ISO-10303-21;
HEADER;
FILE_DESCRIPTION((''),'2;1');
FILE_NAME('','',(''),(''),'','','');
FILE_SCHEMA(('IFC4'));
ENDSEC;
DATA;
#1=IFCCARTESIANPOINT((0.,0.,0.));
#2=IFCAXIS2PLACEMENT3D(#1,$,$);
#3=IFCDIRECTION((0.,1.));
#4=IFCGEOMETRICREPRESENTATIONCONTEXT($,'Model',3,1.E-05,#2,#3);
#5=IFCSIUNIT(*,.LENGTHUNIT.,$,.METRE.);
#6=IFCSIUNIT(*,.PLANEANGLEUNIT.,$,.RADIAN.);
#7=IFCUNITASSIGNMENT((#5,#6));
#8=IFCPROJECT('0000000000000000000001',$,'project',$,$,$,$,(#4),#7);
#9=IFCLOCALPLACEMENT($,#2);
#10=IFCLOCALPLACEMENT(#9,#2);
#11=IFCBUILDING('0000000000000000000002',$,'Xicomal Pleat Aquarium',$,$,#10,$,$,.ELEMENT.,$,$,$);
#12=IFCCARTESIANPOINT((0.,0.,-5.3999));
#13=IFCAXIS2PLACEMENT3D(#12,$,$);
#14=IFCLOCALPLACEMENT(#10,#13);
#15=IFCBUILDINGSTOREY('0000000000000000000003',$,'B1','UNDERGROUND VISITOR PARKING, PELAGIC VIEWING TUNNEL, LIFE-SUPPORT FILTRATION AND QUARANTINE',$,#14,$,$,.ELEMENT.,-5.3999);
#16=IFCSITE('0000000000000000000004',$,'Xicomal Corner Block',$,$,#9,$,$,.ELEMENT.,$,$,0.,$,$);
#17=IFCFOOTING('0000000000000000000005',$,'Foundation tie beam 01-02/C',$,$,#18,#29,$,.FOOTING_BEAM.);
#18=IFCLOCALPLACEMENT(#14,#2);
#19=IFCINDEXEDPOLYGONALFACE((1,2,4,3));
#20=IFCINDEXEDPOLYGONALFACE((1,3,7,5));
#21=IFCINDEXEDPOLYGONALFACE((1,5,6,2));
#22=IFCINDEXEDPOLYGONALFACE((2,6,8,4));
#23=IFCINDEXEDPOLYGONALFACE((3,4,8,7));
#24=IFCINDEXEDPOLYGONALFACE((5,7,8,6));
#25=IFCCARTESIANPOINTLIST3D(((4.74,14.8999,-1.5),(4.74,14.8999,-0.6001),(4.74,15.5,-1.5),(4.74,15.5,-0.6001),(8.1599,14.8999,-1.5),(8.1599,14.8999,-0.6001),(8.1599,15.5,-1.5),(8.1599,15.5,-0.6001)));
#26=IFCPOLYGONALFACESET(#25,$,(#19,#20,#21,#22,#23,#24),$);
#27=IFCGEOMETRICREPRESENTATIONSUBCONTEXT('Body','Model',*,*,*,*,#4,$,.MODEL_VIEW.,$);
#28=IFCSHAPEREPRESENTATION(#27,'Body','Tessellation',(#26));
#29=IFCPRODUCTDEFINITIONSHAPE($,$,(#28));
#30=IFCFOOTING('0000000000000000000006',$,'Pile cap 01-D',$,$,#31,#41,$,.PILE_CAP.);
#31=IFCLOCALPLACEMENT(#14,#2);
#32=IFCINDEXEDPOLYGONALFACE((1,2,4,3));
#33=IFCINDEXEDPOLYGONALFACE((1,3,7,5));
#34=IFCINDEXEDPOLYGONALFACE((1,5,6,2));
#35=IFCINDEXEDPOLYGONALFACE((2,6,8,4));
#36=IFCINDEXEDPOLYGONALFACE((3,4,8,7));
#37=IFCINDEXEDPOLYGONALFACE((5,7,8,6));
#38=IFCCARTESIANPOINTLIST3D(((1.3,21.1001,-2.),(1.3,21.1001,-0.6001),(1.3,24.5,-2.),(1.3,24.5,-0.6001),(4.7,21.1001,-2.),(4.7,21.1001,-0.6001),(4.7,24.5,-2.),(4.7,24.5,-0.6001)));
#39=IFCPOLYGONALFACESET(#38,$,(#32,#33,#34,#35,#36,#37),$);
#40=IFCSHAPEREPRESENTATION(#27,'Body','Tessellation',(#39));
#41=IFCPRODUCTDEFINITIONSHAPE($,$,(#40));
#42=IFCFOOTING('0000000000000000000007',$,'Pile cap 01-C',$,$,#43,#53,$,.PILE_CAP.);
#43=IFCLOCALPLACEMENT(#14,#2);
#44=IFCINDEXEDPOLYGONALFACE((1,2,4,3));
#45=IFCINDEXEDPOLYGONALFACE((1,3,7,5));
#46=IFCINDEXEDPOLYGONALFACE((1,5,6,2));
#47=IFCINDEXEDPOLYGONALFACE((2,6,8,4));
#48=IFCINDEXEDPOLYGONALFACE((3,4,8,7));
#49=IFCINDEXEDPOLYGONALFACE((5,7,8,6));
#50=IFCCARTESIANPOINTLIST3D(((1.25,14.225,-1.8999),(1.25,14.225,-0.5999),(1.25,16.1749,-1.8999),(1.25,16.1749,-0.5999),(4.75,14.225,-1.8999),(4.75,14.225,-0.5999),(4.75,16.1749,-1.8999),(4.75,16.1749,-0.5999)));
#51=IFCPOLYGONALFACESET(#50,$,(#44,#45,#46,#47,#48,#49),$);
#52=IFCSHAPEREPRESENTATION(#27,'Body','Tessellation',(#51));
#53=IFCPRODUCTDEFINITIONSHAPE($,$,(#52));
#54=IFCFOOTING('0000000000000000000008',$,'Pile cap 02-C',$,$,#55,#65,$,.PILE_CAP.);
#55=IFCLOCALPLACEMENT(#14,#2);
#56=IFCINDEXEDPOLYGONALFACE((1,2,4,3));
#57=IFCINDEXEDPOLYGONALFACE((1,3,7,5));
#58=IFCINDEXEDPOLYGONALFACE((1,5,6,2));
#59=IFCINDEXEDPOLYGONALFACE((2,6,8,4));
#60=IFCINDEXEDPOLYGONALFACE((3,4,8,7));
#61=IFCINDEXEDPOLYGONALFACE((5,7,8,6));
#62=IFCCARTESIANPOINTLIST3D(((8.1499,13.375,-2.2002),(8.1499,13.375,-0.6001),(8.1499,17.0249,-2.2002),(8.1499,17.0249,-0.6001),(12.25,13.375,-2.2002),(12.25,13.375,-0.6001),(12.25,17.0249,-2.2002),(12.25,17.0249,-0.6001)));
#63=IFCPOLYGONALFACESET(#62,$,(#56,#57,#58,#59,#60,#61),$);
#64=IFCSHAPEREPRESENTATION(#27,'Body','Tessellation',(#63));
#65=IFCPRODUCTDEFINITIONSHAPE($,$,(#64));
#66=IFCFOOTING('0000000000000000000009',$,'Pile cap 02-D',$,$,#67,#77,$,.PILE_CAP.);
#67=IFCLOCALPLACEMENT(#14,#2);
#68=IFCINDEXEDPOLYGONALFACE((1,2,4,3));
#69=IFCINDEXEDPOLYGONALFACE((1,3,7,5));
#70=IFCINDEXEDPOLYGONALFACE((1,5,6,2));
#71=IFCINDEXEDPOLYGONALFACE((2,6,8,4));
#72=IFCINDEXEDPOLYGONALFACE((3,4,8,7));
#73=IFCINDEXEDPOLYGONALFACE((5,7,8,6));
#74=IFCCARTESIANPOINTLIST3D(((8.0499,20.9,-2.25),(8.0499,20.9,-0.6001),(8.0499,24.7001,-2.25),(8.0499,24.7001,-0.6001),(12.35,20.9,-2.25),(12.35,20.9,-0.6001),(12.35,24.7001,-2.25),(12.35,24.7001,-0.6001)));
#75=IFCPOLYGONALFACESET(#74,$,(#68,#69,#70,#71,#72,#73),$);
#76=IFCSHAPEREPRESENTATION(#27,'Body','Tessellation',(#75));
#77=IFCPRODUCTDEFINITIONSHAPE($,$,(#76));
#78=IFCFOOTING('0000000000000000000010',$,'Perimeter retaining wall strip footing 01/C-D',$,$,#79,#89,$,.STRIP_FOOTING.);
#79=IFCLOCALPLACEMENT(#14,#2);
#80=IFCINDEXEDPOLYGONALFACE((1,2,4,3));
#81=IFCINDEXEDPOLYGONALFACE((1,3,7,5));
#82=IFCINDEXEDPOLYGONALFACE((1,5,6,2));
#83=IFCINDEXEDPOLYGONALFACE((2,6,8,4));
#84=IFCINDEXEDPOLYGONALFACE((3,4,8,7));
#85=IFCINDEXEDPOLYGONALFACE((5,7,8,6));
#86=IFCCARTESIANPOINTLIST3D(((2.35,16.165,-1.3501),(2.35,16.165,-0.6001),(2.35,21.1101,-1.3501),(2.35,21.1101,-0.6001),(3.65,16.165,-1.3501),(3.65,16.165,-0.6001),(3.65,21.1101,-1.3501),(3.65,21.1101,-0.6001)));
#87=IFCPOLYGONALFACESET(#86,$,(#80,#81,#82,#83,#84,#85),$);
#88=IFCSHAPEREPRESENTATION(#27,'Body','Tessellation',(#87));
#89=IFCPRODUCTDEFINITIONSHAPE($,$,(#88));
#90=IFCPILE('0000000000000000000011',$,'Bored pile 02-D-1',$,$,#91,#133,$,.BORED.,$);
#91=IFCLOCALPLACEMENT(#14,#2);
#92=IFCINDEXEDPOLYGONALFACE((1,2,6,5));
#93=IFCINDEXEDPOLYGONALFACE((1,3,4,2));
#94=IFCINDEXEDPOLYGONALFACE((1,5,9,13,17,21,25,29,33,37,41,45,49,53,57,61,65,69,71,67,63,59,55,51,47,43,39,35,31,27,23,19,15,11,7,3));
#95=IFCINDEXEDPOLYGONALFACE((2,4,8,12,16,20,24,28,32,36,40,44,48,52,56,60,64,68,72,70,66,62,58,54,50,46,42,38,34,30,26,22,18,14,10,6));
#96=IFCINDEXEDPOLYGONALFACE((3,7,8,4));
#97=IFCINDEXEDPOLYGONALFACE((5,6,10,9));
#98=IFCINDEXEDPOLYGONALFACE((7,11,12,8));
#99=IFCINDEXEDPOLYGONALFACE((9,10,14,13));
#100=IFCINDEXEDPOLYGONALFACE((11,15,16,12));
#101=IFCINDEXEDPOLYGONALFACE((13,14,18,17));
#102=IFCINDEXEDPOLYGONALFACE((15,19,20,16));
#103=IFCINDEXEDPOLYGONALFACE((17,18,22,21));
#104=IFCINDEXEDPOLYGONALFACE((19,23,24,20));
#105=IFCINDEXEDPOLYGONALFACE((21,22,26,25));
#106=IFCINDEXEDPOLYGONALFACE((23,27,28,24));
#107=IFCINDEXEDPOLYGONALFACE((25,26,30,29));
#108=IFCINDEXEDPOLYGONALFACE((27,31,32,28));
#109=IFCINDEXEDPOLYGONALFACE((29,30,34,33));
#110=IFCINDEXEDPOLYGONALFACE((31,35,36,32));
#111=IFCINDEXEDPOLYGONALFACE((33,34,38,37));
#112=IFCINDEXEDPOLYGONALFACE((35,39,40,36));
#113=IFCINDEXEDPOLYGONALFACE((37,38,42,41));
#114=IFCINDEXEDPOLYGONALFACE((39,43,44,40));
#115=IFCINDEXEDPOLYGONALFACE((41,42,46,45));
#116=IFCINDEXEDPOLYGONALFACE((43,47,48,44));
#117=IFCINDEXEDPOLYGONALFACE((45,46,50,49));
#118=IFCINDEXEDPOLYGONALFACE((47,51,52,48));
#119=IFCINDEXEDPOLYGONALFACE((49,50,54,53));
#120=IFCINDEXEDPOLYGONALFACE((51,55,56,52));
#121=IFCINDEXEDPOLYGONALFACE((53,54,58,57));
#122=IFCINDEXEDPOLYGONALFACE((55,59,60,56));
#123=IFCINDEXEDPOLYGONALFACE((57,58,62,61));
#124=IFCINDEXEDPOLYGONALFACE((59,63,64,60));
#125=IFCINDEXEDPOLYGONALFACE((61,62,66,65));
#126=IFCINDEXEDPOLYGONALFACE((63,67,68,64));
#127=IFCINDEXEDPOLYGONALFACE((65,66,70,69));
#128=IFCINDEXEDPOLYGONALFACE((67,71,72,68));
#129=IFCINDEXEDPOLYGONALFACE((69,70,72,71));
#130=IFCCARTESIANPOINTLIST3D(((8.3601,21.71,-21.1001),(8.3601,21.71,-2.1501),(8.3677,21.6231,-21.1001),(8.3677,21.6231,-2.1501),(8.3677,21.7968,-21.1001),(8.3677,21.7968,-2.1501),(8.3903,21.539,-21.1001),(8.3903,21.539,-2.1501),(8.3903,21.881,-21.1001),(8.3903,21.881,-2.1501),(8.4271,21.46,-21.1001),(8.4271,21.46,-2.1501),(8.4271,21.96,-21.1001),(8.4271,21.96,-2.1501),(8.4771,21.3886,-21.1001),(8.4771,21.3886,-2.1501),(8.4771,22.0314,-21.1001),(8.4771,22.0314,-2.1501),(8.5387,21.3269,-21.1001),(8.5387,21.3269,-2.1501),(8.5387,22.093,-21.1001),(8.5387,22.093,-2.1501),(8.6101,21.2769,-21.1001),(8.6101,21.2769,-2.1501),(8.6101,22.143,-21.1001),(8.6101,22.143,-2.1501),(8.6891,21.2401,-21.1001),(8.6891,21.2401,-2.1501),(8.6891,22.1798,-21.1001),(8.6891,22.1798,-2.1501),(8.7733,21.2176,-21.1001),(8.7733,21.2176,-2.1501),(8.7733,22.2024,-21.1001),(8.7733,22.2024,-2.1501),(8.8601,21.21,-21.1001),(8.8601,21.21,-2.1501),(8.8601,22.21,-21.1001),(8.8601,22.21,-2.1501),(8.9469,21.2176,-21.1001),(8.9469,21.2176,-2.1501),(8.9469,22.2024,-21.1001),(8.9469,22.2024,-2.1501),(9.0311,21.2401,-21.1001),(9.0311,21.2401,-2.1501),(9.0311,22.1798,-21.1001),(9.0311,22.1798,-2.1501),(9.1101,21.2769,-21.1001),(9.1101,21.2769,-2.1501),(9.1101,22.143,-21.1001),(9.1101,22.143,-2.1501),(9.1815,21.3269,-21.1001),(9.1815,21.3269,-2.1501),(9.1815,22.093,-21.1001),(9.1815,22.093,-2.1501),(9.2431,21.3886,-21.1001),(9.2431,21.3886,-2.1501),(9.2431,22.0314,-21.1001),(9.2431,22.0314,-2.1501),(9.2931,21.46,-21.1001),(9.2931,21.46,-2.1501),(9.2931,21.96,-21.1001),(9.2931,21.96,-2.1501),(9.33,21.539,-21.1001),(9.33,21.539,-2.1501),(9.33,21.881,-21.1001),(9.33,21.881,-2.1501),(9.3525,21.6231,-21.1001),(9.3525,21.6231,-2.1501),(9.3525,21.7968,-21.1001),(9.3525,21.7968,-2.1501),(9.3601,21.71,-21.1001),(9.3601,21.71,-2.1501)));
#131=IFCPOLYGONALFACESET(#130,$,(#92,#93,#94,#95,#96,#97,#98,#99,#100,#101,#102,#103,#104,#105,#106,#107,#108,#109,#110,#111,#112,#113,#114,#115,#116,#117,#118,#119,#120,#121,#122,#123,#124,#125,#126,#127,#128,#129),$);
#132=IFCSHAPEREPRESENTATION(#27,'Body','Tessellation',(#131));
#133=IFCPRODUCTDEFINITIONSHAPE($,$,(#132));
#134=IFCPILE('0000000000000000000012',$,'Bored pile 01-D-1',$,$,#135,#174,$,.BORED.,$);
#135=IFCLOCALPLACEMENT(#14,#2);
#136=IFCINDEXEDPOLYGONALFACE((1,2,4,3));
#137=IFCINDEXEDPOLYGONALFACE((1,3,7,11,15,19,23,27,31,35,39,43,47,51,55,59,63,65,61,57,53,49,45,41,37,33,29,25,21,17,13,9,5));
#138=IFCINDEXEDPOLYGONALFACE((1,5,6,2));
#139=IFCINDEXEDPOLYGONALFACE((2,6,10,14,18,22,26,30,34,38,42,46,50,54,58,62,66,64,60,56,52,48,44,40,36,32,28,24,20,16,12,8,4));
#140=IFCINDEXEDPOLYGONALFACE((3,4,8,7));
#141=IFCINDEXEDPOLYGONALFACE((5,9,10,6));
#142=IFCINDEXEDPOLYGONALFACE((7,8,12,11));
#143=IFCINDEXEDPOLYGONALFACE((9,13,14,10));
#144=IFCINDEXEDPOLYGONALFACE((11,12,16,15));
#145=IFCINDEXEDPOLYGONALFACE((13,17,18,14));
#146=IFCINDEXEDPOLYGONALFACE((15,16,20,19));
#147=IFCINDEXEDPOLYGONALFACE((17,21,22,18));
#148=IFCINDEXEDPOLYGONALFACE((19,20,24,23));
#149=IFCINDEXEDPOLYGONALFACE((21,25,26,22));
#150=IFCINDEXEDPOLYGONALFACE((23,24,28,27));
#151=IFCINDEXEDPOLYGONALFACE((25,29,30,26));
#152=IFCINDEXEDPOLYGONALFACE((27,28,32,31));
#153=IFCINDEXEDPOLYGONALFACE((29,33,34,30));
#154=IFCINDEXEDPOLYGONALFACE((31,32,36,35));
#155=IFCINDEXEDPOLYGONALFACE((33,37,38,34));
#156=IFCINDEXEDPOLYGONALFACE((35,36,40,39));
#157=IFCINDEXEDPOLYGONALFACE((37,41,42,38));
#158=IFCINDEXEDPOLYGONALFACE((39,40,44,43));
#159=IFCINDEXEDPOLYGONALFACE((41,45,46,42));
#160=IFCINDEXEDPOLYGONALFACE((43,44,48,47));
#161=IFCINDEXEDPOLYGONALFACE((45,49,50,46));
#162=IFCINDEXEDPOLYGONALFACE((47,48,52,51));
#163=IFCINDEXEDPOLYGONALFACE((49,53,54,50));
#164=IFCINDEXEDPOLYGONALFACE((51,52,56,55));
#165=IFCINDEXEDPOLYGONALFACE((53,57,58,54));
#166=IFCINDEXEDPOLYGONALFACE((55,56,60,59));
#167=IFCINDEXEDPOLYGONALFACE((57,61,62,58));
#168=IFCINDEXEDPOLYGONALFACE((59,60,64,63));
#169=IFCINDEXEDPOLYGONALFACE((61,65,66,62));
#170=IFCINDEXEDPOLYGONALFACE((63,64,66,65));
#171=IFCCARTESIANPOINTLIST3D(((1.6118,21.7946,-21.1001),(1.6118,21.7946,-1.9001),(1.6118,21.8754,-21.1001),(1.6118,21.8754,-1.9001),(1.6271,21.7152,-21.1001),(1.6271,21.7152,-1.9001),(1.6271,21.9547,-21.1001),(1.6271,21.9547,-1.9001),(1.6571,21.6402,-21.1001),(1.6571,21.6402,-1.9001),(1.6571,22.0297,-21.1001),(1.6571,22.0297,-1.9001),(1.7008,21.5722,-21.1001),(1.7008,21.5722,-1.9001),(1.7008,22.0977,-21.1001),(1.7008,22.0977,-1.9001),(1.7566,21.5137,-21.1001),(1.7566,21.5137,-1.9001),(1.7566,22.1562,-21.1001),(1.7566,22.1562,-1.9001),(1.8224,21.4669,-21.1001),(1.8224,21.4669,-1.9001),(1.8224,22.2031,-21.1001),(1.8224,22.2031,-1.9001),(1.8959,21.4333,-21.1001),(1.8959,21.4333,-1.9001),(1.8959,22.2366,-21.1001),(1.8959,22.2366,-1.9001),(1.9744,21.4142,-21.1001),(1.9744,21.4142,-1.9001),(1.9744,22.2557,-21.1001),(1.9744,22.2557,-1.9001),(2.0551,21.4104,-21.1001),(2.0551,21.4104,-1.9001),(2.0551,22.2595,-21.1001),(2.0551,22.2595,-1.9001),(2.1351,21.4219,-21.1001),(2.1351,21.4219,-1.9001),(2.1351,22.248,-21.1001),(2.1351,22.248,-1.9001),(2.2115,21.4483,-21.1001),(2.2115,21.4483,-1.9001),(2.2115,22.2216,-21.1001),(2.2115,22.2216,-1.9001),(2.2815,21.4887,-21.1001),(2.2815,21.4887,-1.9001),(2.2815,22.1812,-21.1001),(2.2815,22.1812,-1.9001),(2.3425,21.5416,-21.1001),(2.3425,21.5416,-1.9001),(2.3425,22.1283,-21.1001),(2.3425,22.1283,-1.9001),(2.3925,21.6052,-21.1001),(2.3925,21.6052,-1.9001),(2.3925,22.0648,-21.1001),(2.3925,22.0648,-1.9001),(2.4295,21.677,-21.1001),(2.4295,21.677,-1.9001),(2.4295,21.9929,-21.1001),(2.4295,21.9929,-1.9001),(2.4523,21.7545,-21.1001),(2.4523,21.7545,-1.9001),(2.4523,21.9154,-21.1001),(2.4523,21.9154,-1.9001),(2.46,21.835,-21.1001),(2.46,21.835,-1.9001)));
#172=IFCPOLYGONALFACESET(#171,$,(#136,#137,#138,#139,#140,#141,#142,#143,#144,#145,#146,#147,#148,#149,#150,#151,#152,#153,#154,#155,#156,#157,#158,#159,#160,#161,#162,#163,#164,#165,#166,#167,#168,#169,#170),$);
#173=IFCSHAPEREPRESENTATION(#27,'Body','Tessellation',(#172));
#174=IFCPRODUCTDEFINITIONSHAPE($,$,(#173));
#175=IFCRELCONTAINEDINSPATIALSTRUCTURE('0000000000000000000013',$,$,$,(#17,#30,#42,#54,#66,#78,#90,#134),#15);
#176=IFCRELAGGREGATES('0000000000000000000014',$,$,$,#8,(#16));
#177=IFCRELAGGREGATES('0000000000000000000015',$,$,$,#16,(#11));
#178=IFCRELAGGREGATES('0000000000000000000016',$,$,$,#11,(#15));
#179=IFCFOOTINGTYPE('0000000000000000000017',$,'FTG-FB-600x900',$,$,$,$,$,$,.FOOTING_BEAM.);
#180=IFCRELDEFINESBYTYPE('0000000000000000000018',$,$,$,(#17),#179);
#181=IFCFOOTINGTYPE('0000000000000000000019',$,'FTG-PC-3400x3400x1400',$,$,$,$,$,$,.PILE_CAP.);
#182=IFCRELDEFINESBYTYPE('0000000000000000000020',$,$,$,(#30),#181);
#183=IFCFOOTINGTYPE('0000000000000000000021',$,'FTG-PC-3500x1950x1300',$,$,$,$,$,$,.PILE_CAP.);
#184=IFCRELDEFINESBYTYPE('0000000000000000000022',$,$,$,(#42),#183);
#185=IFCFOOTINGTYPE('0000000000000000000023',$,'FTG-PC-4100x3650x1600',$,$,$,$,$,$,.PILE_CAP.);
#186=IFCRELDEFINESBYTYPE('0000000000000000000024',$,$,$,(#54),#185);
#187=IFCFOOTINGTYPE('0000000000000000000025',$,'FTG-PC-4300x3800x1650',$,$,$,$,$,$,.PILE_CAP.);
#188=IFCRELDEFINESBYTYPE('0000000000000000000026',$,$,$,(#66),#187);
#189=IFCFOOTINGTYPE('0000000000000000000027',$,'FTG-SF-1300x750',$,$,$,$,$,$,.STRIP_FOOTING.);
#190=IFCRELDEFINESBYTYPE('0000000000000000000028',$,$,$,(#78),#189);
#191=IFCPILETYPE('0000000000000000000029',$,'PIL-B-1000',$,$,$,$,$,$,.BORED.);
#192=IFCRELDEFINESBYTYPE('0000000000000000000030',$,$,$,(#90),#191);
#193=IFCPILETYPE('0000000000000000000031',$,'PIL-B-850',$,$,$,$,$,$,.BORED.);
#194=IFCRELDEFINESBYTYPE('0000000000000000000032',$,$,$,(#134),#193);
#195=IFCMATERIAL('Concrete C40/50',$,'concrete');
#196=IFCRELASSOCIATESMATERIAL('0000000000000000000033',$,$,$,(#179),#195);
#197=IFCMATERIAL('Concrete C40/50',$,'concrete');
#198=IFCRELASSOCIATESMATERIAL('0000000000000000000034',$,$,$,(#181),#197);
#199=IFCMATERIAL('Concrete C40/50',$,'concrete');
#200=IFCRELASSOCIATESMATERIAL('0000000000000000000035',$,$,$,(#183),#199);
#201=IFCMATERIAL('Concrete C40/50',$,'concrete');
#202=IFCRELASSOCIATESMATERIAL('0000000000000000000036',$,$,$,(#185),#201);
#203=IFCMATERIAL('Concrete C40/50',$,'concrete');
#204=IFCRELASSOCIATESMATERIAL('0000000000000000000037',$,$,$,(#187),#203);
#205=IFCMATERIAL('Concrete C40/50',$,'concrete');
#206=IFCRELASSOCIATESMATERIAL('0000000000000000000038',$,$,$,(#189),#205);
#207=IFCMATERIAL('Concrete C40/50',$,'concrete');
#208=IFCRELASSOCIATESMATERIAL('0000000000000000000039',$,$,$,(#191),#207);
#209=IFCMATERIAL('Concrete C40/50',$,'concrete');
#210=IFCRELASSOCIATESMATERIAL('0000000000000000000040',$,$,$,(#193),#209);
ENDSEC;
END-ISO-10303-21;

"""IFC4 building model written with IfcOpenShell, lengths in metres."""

from ifc_helpers import new_model, si_unit, direction, frame, origin, origin_2d, place, context, subcontext, project, spatial, rectangle, circle, extrude, material, material_profile, profile_set, type_object, element, save


model = new_model("IFC4")

# Units and contexts
model_context = context("Model", 3, precision=1e-05, world=origin(), true_north=direction((0.0, 1.0)))
body_context = subcontext(model_context, "Body", "Model", "MODEL_VIEW")
ifc_project = project(units=[si_unit("LENGTHUNIT", "METRE"), si_unit("PLANEANGLEUNIT", "RADIAN")], contexts=[model_context])

# Site, building, storey
site_placement = place(None, origin())
site = spatial("IfcSite", under=ifc_project, at=site_placement, Name="Xicomal Corner Block", CompositionType="ELEMENT", RefElevation=0.0)
building_placement = place(site_placement, origin())
building = spatial("IfcBuilding", under=site, at=building_placement, Name="Xicomal Pleat Aquarium", CompositionType="ELEMENT")
storey_placement = place(building_placement, frame((0.0, 0.0, -5.3999)))
storey = spatial("IfcBuildingStorey", under=building, at=storey_placement, Name="B1", Description="UNDERGROUND VISITOR PARKING, PELAGIC VIEWING TUNNEL, LIFE-SUPPORT FILTRATION AND QUARANTINE", CompositionType="ELEMENT", Elevation=-5.3999)

# Footings
ifc_material_1 = material(Name="Concrete C40/50", Category="concrete")
ifc_material_profile_1 = material_profile(ifc_material_1, rectangle(XDim=0.6001, YDim=0.8999, at=origin_2d()), Name="FB-02 600x900")
ifc_profile_set_1 = profile_set([ifc_material_profile_1], Name="Concrete C40/50")
footing_type_1 = type_object("IfcFootingType", Name="FTG-FB-600x900", PredefinedType="FOOTING_BEAM", material=ifc_profile_set_1)
footing_1_placement = place(storey_placement, frame((4.74, 15.2, -1.05), z_axis=(1.0, 0.0, 0.0), x_axis=(0.0, 1.0, 0.0)))
element("IfcFooting", 1, at=footing_1_placement, inside=storey, type_object=footing_type_1, Name="Foundation tie beam 01-02/C", PredefinedType="FOOTING_BEAM", context=body_context, shape_type="SweptSolid", body=[
    extrude(rectangle(XDim=0.6001, YDim=0.8999, at=origin_2d()), origin(), (0.0, 0.0, 1.0), 3.4199),
])
ifc_material_2 = material(Name="Concrete C40/50", Category="concrete")
footing_type_2 = type_object("IfcFootingType", Name="FTG-PC-3400x3400x1400", PredefinedType="PILE_CAP", material=ifc_material_2)
footing_2_placement = place(storey_placement, frame((3.0, 22.8, -2.0), z_axis=(0.0, 0.0, 1.0), x_axis=(1.0, 0.0, 0.0)))
element("IfcFooting", 2, at=footing_2_placement, inside=storey, type_object=footing_type_2, Name="Pile cap 01-D", PredefinedType="PILE_CAP", context=body_context, shape_type="SweptSolid", body=[
    extrude(rectangle(XDim=3.3999, YDim=3.3999, at=origin_2d()), origin(), (0.0, 0.0, 1.0), 1.3999),
])
ifc_material_3 = material(Name="Concrete C40/50", Category="concrete")
footing_type_3 = type_object("IfcFootingType", Name="FTG-PC-3500x1950x1300", PredefinedType="PILE_CAP", material=ifc_material_3)
footing_3_placement = place(storey_placement, frame((3.0, 15.2, -1.8999), z_axis=(0.0, 0.0, 1.0), x_axis=(1.0, 0.0, 0.0)))
element("IfcFooting", 3, at=footing_3_placement, inside=storey, type_object=footing_type_3, Name="Pile cap 01-C", PredefinedType="PILE_CAP", context=body_context, shape_type="SweptSolid", body=[
    extrude(rectangle(XDim=3.5, YDim=1.95, at=origin_2d()), origin(), (0.0, 0.0, 1.0), 1.3),
])
ifc_material_4 = material(Name="Concrete C40/50", Category="concrete")
footing_type_4 = type_object("IfcFootingType", Name="FTG-PC-4100x3650x1600", PredefinedType="PILE_CAP", material=ifc_material_4)
footing_4_placement = place(storey_placement, frame((10.2, 15.2, -2.2002), z_axis=(0.0, 0.0, 1.0), x_axis=(1.0, 0.0, 0.0)))
element("IfcFooting", 4, at=footing_4_placement, inside=storey, type_object=footing_type_4, Name="Pile cap 02-C", PredefinedType="PILE_CAP", context=body_context, shape_type="SweptSolid", body=[
    extrude(rectangle(XDim=4.1001, YDim=3.6499, at=origin_2d()), origin(), (0.0, 0.0, 1.0), 1.6001),
])
ifc_material_5 = material(Name="Concrete C40/50", Category="concrete")
footing_type_5 = type_object("IfcFootingType", Name="FTG-PC-4300x3800x1650", PredefinedType="PILE_CAP", material=ifc_material_5)
footing_5_placement = place(storey_placement, frame((10.2, 22.8, -2.25), z_axis=(0.0, 0.0, 1.0), x_axis=(1.0, 0.0, 0.0)))
element("IfcFooting", 5, at=footing_5_placement, inside=storey, type_object=footing_type_5, Name="Pile cap 02-D", PredefinedType="PILE_CAP", context=body_context, shape_type="SweptSolid", body=[
    extrude(rectangle(XDim=4.3, YDim=3.8, at=origin_2d()), origin(), (0.0, 0.0, 1.0), 1.6499),
])
ifc_material_6 = material(Name="Concrete C40/50", Category="concrete")
ifc_material_profile_2 = material_profile(ifc_material_6, rectangle(XDim=1.3, YDim=0.75, at=origin_2d()), Name="SF-03 1300x750")
ifc_profile_set_2 = profile_set([ifc_material_profile_2], Name="Concrete C40/50")
footing_type_6 = type_object("IfcFootingType", Name="FTG-SF-1300x750", PredefinedType="STRIP_FOOTING", material=ifc_profile_set_2)
footing_6_placement = place(storey_placement, frame((3.0, 16.165, -0.9751), z_axis=(0.0, 1.0, 0.0), x_axis=(-1.0, 0.0, 0.0)))
element("IfcFooting", 6, at=footing_6_placement, inside=storey, type_object=footing_type_6, Name="Perimeter retaining wall strip footing 01/C-D", PredefinedType="STRIP_FOOTING", context=body_context, shape_type="SweptSolid", body=[
    extrude(rectangle(XDim=1.3, YDim=0.75, at=origin_2d()), origin(), (0.0, 0.0, 1.0), 4.9451),
])

# Piles
ifc_material_7 = material(Name="Concrete C40/50", Category="concrete")
ifc_material_profile_3 = material_profile(ifc_material_7, circle(Radius=0.5, at=origin_2d()), Name="BORED PILE D1000")
ifc_profile_set_3 = profile_set([ifc_material_profile_3], Name="Concrete C40/50")
pile_type_1 = type_object("IfcPileType", Name="PIL-B-1000", PredefinedType="BORED", material=ifc_profile_set_3)
pile_1_placement = place(storey_placement, frame((8.8601, 21.71, -2.1501), z_axis=(0.0, 0.0, -1.0), x_axis=(1.0, 0.0, 0.0)))
element("IfcPile", 7, at=pile_1_placement, inside=storey, type_object=pile_type_1, Name="Bored pile 02-D-1", PredefinedType="BORED", context=body_context, shape_type="SweptSolid", body=[
    extrude(circle(Radius=0.5, at=origin_2d()), origin(), (0.0, 0.0, 1.0), 18.95),
])
ifc_material_8 = material(Name="Concrete C40/50", Category="concrete")
ifc_material_profile_4 = material_profile(ifc_material_8, circle(Radius=0.425, at=origin_2d()), Name="BORED PILE D850")
ifc_profile_set_4 = profile_set([ifc_material_profile_4], Name="Concrete C40/50")
pile_type_2 = type_object("IfcPileType", Name="PIL-B-850", PredefinedType="BORED", material=ifc_profile_set_4)
for number, where, z_axis, x_axis, name in (
    (8, (2.0349, 21.835, -1.9001), (0.0, 0.0, -1.0), (1.0, 0.0, 0.0), "Bored pile 01-D-1"),
):
    element("IfcPile", number, at=place(storey_placement, frame(where, z_axis=z_axis, x_axis=x_axis)), inside=storey, type_object=pile_type_2, Name=name, PredefinedType="BORED", context=body_context, shape_type="SweptSolid", body=[
        extrude(circle(Radius=0.425, at=origin_2d()), origin(), (0.0, 0.0, 1.0), 19.2),
    ])

save(model, "model.ifc")
